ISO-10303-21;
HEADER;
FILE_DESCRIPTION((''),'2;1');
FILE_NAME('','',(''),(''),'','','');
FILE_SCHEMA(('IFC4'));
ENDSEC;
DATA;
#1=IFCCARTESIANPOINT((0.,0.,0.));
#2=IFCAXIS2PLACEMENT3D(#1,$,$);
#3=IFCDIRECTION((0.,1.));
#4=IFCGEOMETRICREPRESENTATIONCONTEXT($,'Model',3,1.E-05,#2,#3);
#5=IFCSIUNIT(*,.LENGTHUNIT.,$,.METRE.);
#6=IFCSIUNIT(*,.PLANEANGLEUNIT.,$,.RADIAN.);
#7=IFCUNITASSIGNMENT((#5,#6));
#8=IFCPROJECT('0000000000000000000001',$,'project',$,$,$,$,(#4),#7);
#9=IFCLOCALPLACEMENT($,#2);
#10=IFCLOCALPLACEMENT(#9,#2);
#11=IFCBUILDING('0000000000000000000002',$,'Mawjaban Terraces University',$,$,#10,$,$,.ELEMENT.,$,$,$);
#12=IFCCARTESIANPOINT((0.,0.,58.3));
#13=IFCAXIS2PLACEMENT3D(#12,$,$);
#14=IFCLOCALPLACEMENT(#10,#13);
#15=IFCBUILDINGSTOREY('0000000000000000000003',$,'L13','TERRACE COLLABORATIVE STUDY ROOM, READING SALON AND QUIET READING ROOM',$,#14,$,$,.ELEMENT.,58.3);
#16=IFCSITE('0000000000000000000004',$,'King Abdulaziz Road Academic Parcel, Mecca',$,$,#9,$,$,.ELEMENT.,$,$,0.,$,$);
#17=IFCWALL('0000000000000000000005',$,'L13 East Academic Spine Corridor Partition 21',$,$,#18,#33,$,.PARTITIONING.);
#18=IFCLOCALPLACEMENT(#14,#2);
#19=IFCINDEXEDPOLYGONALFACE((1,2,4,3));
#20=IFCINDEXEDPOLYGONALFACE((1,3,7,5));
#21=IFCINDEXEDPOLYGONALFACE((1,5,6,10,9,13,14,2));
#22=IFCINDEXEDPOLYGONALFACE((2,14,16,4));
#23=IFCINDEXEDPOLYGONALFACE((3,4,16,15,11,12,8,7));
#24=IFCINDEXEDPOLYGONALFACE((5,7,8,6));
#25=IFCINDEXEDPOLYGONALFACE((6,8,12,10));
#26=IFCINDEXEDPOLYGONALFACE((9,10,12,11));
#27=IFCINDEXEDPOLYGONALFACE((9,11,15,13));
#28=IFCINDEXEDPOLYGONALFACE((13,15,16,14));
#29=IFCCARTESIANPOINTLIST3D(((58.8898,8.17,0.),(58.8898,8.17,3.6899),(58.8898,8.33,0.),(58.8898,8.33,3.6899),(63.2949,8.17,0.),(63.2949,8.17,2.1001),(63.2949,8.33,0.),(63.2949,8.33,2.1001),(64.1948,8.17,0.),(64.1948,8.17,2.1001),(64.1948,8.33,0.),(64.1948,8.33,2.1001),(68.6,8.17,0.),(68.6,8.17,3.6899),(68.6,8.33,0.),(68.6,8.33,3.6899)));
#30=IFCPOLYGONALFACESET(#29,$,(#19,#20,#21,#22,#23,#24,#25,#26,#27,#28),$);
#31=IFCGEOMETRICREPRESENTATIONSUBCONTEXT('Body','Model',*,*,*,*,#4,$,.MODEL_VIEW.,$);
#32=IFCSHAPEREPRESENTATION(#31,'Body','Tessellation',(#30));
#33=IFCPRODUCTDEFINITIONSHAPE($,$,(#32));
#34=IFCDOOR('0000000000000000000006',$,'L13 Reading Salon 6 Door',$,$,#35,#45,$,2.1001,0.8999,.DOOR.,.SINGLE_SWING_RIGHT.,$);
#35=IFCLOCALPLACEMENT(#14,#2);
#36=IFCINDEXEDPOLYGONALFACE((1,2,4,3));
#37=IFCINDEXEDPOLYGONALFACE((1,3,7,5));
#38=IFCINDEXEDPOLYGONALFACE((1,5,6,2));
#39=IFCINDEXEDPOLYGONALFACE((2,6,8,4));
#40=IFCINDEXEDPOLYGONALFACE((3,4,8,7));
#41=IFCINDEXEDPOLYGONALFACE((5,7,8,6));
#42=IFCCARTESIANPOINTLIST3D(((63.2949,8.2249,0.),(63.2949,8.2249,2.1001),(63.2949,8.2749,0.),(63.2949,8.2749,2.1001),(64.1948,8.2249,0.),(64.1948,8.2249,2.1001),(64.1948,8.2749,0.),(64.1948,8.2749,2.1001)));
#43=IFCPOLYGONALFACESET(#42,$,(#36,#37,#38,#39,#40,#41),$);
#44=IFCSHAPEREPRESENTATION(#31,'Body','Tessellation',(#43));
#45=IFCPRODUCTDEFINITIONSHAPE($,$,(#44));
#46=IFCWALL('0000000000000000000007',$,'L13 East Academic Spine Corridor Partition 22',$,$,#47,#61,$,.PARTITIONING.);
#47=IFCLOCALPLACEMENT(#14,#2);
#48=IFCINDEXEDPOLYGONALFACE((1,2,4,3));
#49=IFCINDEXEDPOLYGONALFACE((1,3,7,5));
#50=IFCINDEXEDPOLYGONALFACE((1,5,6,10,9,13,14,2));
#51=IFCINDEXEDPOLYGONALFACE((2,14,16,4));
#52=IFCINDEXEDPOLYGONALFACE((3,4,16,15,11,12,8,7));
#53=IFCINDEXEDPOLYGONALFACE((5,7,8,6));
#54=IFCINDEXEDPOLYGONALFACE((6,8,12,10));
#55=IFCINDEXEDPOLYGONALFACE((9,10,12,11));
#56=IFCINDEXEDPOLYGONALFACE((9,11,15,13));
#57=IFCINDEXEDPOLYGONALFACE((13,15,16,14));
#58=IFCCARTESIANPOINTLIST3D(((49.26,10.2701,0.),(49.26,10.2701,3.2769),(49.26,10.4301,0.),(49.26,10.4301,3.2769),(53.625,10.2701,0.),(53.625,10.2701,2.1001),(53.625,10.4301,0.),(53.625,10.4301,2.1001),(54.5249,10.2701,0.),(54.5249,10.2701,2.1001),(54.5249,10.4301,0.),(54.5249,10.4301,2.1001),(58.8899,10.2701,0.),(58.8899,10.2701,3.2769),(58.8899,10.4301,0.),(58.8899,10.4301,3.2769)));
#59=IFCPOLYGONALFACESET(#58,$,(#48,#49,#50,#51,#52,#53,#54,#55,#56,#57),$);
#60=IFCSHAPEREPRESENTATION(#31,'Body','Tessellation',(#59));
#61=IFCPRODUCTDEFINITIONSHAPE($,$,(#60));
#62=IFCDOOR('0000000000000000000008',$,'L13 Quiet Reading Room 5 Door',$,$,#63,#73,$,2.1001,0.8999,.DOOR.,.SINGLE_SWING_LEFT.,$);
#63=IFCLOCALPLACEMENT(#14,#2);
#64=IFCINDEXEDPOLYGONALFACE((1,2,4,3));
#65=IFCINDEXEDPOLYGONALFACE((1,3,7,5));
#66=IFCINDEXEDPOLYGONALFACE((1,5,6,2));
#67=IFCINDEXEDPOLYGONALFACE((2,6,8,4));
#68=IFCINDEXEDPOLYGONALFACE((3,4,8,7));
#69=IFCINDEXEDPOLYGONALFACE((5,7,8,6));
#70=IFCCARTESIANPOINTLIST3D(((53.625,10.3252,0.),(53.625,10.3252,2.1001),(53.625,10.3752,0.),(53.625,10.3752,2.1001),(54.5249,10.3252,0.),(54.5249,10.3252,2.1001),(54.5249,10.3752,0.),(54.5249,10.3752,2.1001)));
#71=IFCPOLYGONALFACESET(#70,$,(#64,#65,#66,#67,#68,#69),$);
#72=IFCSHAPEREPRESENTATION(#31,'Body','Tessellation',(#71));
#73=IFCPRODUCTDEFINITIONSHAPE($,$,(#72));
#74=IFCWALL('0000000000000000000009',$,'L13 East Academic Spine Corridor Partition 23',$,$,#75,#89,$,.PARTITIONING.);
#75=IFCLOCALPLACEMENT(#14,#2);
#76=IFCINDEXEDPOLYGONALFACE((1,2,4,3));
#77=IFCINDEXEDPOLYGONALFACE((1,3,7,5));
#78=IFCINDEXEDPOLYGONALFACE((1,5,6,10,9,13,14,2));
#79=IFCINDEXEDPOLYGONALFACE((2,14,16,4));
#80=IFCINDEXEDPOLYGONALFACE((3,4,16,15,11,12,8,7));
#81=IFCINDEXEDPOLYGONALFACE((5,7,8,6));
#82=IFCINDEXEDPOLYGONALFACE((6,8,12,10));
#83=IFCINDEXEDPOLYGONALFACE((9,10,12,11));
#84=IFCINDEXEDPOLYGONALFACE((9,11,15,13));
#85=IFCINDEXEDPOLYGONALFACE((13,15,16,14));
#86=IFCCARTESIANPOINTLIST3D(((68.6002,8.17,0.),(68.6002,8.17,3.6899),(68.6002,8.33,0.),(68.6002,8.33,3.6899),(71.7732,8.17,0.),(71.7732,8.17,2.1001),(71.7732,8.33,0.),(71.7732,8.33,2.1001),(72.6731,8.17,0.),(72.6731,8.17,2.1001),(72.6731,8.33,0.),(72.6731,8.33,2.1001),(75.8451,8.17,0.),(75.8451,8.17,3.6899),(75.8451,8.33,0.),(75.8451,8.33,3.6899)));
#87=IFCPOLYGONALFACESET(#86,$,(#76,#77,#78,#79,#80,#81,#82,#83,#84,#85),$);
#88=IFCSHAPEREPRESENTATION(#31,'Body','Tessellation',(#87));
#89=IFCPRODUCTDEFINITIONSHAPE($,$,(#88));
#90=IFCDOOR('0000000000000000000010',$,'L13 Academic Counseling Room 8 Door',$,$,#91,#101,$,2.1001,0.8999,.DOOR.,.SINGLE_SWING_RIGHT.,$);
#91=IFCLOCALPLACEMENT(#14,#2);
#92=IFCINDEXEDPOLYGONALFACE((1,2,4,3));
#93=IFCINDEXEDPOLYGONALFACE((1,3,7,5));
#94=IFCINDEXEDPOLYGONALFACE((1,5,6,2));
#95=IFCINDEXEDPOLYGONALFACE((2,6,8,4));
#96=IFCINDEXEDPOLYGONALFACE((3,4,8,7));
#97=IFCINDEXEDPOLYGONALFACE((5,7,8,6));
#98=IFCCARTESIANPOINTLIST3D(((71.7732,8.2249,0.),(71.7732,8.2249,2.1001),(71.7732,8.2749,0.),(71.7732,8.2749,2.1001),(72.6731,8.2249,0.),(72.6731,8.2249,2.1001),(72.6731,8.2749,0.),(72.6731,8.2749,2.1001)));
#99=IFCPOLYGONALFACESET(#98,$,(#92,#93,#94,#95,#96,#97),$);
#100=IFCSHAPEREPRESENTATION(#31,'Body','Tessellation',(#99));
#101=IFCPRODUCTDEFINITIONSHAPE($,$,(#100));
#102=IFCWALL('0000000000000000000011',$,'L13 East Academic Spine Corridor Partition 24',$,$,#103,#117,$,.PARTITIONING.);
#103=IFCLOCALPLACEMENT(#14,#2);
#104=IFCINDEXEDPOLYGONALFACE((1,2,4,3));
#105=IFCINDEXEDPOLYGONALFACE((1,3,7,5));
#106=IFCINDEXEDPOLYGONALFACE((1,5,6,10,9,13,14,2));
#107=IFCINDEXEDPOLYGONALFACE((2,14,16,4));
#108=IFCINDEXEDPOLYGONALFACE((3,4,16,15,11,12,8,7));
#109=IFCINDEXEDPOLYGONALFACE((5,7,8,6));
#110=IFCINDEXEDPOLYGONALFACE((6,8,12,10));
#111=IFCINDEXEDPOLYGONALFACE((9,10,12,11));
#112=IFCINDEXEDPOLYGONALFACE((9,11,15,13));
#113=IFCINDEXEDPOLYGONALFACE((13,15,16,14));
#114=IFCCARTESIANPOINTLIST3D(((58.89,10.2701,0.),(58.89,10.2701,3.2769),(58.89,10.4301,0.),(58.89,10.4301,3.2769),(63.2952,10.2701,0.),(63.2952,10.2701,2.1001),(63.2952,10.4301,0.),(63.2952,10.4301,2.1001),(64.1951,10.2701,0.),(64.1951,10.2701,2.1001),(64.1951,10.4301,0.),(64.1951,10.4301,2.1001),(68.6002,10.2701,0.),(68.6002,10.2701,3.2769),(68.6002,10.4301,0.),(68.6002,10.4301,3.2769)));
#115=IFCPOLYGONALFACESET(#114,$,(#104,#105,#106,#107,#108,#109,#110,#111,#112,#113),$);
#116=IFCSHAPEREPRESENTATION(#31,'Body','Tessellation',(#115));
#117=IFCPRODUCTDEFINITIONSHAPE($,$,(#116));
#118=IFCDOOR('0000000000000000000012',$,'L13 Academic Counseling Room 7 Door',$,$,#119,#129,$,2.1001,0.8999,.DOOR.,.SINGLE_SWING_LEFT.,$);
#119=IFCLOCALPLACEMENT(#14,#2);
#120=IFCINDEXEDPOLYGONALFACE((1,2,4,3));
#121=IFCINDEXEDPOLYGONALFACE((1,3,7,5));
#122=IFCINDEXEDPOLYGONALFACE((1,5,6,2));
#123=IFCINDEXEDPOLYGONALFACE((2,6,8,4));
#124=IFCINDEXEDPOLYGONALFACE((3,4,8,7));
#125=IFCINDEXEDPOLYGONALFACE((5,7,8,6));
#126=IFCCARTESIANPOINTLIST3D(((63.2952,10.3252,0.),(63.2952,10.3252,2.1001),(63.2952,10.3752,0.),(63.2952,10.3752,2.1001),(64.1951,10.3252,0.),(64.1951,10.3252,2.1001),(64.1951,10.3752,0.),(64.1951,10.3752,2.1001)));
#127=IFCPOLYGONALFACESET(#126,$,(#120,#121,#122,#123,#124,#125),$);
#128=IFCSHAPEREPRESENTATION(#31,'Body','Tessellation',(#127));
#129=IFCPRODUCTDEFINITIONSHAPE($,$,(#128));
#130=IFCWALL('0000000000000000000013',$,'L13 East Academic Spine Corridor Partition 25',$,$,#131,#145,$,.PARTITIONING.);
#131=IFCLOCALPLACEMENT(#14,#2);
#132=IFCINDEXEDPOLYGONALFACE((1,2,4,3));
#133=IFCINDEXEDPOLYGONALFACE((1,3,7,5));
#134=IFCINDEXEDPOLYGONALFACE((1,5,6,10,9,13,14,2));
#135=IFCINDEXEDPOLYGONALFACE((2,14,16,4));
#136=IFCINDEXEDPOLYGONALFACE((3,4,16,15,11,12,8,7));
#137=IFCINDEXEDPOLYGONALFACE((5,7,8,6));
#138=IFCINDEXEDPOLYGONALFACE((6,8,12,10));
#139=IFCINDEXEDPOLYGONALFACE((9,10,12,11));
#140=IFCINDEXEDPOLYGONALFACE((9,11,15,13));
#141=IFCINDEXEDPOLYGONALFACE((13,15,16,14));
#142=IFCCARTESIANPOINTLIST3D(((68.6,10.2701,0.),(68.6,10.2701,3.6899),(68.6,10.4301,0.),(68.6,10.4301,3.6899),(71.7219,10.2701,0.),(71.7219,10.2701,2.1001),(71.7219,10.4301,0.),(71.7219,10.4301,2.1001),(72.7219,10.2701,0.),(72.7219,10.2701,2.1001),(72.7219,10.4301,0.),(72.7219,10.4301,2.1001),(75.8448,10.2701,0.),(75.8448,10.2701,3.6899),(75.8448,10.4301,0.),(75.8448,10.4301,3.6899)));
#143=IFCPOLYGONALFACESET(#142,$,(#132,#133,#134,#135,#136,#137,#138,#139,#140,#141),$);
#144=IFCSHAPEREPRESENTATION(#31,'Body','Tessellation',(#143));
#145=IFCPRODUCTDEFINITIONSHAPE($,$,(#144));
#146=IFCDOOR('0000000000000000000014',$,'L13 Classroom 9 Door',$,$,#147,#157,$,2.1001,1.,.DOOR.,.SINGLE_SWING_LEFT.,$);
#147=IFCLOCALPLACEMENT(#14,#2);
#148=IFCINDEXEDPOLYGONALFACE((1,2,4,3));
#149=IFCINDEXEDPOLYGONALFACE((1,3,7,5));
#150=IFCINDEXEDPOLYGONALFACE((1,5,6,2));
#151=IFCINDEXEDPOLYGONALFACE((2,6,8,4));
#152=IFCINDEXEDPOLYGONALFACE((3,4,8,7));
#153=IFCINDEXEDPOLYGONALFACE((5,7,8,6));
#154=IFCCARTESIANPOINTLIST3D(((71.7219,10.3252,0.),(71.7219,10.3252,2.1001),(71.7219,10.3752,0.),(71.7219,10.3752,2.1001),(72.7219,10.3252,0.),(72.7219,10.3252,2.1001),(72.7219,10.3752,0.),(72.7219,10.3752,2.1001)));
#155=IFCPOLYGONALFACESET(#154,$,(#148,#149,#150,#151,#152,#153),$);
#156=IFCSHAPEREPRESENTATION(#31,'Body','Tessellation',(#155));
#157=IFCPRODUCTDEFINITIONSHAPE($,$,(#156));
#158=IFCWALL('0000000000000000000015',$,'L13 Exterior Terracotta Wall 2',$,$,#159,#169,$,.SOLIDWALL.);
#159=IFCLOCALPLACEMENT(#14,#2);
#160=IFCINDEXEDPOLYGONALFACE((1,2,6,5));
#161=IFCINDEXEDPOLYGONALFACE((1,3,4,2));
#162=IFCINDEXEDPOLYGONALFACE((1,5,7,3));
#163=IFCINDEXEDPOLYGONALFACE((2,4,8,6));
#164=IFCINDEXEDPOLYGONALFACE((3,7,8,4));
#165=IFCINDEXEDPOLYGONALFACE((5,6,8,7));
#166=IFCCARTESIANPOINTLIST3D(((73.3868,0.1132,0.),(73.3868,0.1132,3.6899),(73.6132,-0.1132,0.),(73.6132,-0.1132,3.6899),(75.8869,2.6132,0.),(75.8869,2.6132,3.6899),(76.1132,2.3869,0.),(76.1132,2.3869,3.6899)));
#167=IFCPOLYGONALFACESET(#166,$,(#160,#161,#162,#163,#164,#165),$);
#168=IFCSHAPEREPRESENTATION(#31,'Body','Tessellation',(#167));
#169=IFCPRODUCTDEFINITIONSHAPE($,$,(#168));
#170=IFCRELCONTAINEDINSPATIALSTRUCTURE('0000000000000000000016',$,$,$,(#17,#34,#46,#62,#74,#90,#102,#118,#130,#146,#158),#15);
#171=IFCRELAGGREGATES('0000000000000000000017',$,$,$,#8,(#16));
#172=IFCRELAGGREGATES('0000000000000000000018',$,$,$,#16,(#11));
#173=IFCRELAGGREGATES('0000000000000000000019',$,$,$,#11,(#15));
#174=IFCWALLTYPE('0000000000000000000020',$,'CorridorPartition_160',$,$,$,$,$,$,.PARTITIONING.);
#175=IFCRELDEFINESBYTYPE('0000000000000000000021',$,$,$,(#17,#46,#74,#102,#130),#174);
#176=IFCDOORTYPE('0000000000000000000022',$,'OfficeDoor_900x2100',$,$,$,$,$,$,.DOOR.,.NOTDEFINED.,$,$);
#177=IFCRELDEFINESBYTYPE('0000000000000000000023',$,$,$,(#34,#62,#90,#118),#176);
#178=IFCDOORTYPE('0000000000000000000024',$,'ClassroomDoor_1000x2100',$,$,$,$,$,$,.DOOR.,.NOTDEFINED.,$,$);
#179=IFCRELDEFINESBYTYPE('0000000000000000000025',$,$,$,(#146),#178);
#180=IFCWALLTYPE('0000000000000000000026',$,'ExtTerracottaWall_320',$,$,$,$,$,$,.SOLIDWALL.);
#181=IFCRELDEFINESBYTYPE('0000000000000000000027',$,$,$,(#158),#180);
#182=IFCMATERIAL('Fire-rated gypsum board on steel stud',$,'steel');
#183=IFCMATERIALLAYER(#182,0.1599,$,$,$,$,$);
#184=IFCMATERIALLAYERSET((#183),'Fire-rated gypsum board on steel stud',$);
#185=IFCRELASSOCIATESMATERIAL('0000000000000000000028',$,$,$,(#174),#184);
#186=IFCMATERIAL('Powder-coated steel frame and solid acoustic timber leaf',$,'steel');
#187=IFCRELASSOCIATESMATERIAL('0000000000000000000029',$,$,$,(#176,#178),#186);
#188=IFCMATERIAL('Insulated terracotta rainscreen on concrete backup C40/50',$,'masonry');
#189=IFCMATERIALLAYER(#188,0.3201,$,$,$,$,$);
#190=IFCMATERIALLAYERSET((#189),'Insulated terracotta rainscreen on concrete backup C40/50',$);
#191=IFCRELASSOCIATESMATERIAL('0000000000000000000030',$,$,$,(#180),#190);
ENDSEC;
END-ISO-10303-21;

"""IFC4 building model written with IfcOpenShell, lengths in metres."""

from ifc_helpers import new_model, si_unit, direction, frame, frame_2d, origin, place, context, subcontext, project, spatial, rectangle, extrude, material, layer, layer_set, type_object, element, fill, save


model = new_model("IFC4")

# Units and contexts
model_context = context("Model", 3, precision=1e-05, world=origin(), true_north=direction((0.0, 1.0)))
body_context = subcontext(model_context, "Body", "Model", "MODEL_VIEW")
ifc_project = project(units=[si_unit("LENGTHUNIT", "METRE"), si_unit("PLANEANGLEUNIT", "RADIAN")], contexts=[model_context])

# Site, building, storey
site_placement = place(None, origin())
site = spatial("IfcSite", under=ifc_project, at=site_placement, Name="King Abdulaziz Road Academic Parcel, Mecca", CompositionType="ELEMENT", RefElevation=0.0)
building_placement = place(site_placement, origin())
building = spatial("IfcBuilding", under=site, at=building_placement, Name="Mawjaban Terraces University", CompositionType="ELEMENT")
storey_placement = place(building_placement, frame((0.0, 0.0, 58.3)))
storey = spatial("IfcBuildingStorey", under=building, at=storey_placement, Name="L13", Description="TERRACE COLLABORATIVE STUDY ROOM, READING SALON AND QUIET READING ROOM", CompositionType="ELEMENT", Elevation=58.3)

# Walls, openings, doors
ifc_material_1 = material(Name="Fire-rated gypsum board on steel stud", Category="steel")
ifc_layer_1 = layer(ifc_material_1, 0.1599)
ifc_layer_set_1 = layer_set([ifc_layer_1], Name="Fire-rated gypsum board on steel stud")
wall_type_1 = type_object("IfcWallType", Name="CorridorPartition_160", PredefinedType="PARTITIONING", material=ifc_layer_set_1)
wall_1_placement = place(storey_placement, frame((58.8899, 8.25, 0.0), z_axis=(0.0, 0.0, 1.0), x_axis=(1.0, 0.0, 0.0)))
wall_1 = element("IfcWall", 1, at=wall_1_placement, inside=storey, type_object=wall_type_1, Name="L13 East Academic Spine Corridor Partition 21", PredefinedType="PARTITIONING", context=body_context, shape_type="SweptSolid", body=[
    extrude(rectangle(XDim=9.7102, YDim=0.1599, at=frame_2d((4.855, 0.0))), origin(), (0.0, 0.0, 1.0), 3.6899),
])
opening_1_placement = place(wall_1_placement, frame((4.405, 0.0, 0.0)))
opening_1 = element("IfcOpeningElement", 2, at=opening_1_placement, cuts=wall_1, PredefinedType="OPENING", context=body_context, shape_type="SweptSolid", body=[
    extrude(rectangle(XDim=0.8999, YDim=2.1001, at=frame_2d((0.45, 1.05))), frame((0.0, 0.0898, 0.0), z_axis=(0.0, -1.0, 0.0), x_axis=(1.0, 0.0, 0.0)), (0.0, 0.0, 1.0), 0.1799),
])
ifc_material_2 = material(Name="Powder-coated steel frame and solid acoustic timber leaf", Category="steel")
door_type_1 = type_object("IfcDoorType", Name="OfficeDoor_900x2100", OperationType="NOTDEFINED", PredefinedType="DOOR", material=ifc_material_2)
door_1_placement = place(opening_1_placement, origin())
door_1 = element("IfcDoor", 3, at=door_1_placement, inside=storey, type_object=door_type_1, Name="L13 Reading Salon 6 Door", OperationType="SINGLE_SWING_RIGHT", OverallHeight=2.1001, OverallWidth=0.8999, PredefinedType="DOOR", context=body_context, shape_type="SweptSolid", body=[
    extrude(rectangle(XDim=0.8999, YDim=2.1001, at=frame_2d((0.45, 1.05))), frame((0.0, 0.0249, 0.0), z_axis=(0.0, -1.0, 0.0), x_axis=(1.0, 0.0, 0.0)), (0.0, 0.0, 1.0), 0.05),
])
fill(opening_1, door_1)
wall_2_placement = place(storey_placement, frame((58.8899, 10.3501, 0.0), z_axis=(0.0, 0.0, 1.0), x_axis=(-1.0, 0.0, 0.0)))
wall_2 = element("IfcWall", 4, at=wall_2_placement, inside=storey, type_object=wall_type_1, Name="L13 East Academic Spine Corridor Partition 22", PredefinedType="PARTITIONING", context=body_context, shape_type="SweptSolid", body=[
    extrude(rectangle(XDim=9.6299, YDim=0.1599, at=frame_2d((4.8149, 0.0))), origin(), (0.0, 0.0, 1.0), 3.2769),
])
opening_2_placement = place(wall_2_placement, frame((4.365, 0.0, 0.0)))
opening_2 = element("IfcOpeningElement", 5, at=opening_2_placement, cuts=wall_2, PredefinedType="OPENING", context=body_context, shape_type="SweptSolid", body=[
    extrude(rectangle(XDim=0.8999, YDim=2.1001, at=frame_2d((0.45, 1.05))), frame((0.0, 0.0898, 0.0), z_axis=(0.0, -1.0, 0.0), x_axis=(1.0, 0.0, 0.0)), (0.0, 0.0, 1.0), 0.1799),
])
door_2_placement = place(opening_2_placement, origin())
door_2 = element("IfcDoor", 6, at=door_2_placement, inside=storey, type_object=door_type_1, Name="L13 Quiet Reading Room 5 Door", OperationType="SINGLE_SWING_LEFT", OverallHeight=2.1001, OverallWidth=0.8999, PredefinedType="DOOR", context=body_context, shape_type="SweptSolid", body=[
    extrude(rectangle(XDim=0.8999, YDim=2.1001, at=frame_2d((0.45, 1.05))), frame((0.0, 0.0249, 0.0), z_axis=(0.0, -1.0, 0.0), x_axis=(1.0, 0.0, 0.0)), (0.0, 0.0, 1.0), 0.05),
])
fill(opening_2, door_2)
wall_3_placement = place(storey_placement, frame((68.6001, 8.25, 0.0), z_axis=(0.0, 0.0, 1.0), x_axis=(1.0, 0.0, 0.0)))
wall_3 = element("IfcWall", 7, at=wall_3_placement, inside=storey, type_object=wall_type_1, Name="L13 East Academic Spine Corridor Partition 23", PredefinedType="PARTITIONING", context=body_context, shape_type="SweptSolid", body=[
    extrude(rectangle(XDim=7.2449, YDim=0.1599, at=frame_2d((3.6226, 0.0))), origin(), (0.0, 0.0, 1.0), 3.6899),
])
opening_3_placement = place(wall_3_placement, frame((3.1731, 0.0, 0.0)))
opening_3 = element("IfcOpeningElement", 8, at=opening_3_placement, cuts=wall_3, PredefinedType="OPENING", context=body_context, shape_type="SweptSolid", body=[
    extrude(rectangle(XDim=0.8999, YDim=2.1001, at=frame_2d((0.45, 1.05))), frame((0.0, 0.0898, 0.0), z_axis=(0.0, -1.0, 0.0), x_axis=(1.0, 0.0, 0.0)), (0.0, 0.0, 1.0), 0.1799),
])
door_3_placement = place(opening_3_placement, origin())
door_3 = element("IfcDoor", 9, at=door_3_placement, inside=storey, type_object=door_type_1, Name="L13 Academic Counseling Room 8 Door", OperationType="SINGLE_SWING_RIGHT", OverallHeight=2.1001, OverallWidth=0.8999, PredefinedType="DOOR", context=body_context, shape_type="SweptSolid", body=[
    extrude(rectangle(XDim=0.8999, YDim=2.1001, at=frame_2d((0.45, 1.05))), frame((0.0, 0.0249, 0.0), z_axis=(0.0, -1.0, 0.0), x_axis=(1.0, 0.0, 0.0)), (0.0, 0.0, 1.0), 0.05),
])
fill(opening_3, door_3)
wall_4_placement = place(storey_placement, frame((68.6001, 10.3501, 0.0), z_axis=(0.0, 0.0, 1.0), x_axis=(-1.0, 0.0, 0.0)))
wall_4 = element("IfcWall", 10, at=wall_4_placement, inside=storey, type_object=wall_type_1, Name="L13 East Academic Spine Corridor Partition 24", PredefinedType="PARTITIONING", context=body_context, shape_type="SweptSolid", body=[
    extrude(rectangle(XDim=9.7102, YDim=0.1599, at=frame_2d((4.855, 0.0))), origin(), (0.0, 0.0, 1.0), 3.2769),
])
opening_4_placement = place(wall_4_placement, frame((4.405, 0.0, 0.0)))
opening_4 = element("IfcOpeningElement", 11, at=opening_4_placement, cuts=wall_4, PredefinedType="OPENING", context=body_context, shape_type="SweptSolid", body=[
    extrude(rectangle(XDim=0.8999, YDim=2.1001, at=frame_2d((0.45, 1.05))), frame((0.0, 0.0898, 0.0), z_axis=(0.0, -1.0, 0.0), x_axis=(1.0, 0.0, 0.0)), (0.0, 0.0, 1.0), 0.1799),
])
door_4_placement = place(opening_4_placement, origin())
door_4 = element("IfcDoor", 12, at=door_4_placement, inside=storey, type_object=door_type_1, Name="L13 Academic Counseling Room 7 Door", OperationType="SINGLE_SWING_LEFT", OverallHeight=2.1001, OverallWidth=0.8999, PredefinedType="DOOR", context=body_context, shape_type="SweptSolid", body=[
    extrude(rectangle(XDim=0.8999, YDim=2.1001, at=frame_2d((0.45, 1.05))), frame((0.0, 0.0249, 0.0), z_axis=(0.0, -1.0, 0.0), x_axis=(1.0, 0.0, 0.0)), (0.0, 0.0, 1.0), 0.05),
])
fill(opening_4, door_4)
wall_5_placement = place(storey_placement, frame((75.845, 10.3501, 0.0), z_axis=(0.0, 0.0, 1.0), x_axis=(-1.0, 0.0, 0.0)))
wall_5 = element("IfcWall", 13, at=wall_5_placement, inside=storey, type_object=wall_type_1, Name="L13 East Academic Spine Corridor Partition 25", PredefinedType="PARTITIONING", context=body_context, shape_type="SweptSolid", body=[
    extrude(rectangle(XDim=7.2449, YDim=0.1599, at=frame_2d((3.6226, 0.0))), origin(), (0.0, 0.0, 1.0), 3.6899),
])
opening_5_placement = place(wall_5_placement, frame((3.123, 0.0, 0.0)))
opening_5 = element("IfcOpeningElement", 14, at=opening_5_placement, cuts=wall_5, PredefinedType="OPENING", context=body_context, shape_type="SweptSolid", body=[
    extrude(rectangle(XDim=1.0, YDim=2.1001, at=frame_2d((0.5, 1.05))), frame((0.0, 0.0898, 0.0), z_axis=(0.0, -1.0, 0.0), x_axis=(1.0, 0.0, 0.0)), (0.0, 0.0, 1.0), 0.1799),
])
door_type_2 = type_object("IfcDoorType", Name="ClassroomDoor_1000x2100", OperationType="NOTDEFINED", PredefinedType="DOOR", material=ifc_material_2)
door_5_placement = place(opening_5_placement, origin())
door_5 = element("IfcDoor", 15, at=door_5_placement, inside=storey, type_object=door_type_2, Name="L13 Classroom 9 Door", OperationType="SINGLE_SWING_LEFT", OverallHeight=2.1001, OverallWidth=1.0, PredefinedType="DOOR", context=body_context, shape_type="SweptSolid", body=[
    extrude(rectangle(XDim=1.0, YDim=2.1001, at=frame_2d((0.5, 1.05))), frame((0.0, 0.0249, 0.0), z_axis=(0.0, -1.0, 0.0), x_axis=(1.0, 0.0, 0.0)), (0.0, 0.0, 1.0), 0.05),
])
fill(opening_5, door_5)

# Wall
ifc_material_3 = material(Name="Insulated terracotta rainscreen on concrete backup C40/50", Category="masonry")
ifc_layer_2 = layer(ifc_material_3, 0.3201)
ifc_layer_set_2 = layer_set([ifc_layer_2], Name="Insulated terracotta rainscreen on concrete backup C40/50")
wall_type_2 = type_object("IfcWallType", Name="ExtTerracottaWall_320", PredefinedType="SOLIDWALL", material=ifc_layer_set_2)
wall_6_placement = place(storey_placement, frame((73.5, 0.0, 0.0), z_axis=(0.0, 0.0, 1.0), x_axis=(0.707107, 0.707107, 0.0)))
element("IfcWall", 16, at=wall_6_placement, inside=storey, type_object=wall_type_2, Name="L13 Exterior Terracotta Wall 2", PredefinedType="SOLIDWALL", context=body_context, shape_type="SweptSolid", body=[
    extrude(rectangle(XDim=3.5356, YDim=0.3201, at=frame_2d((1.7678, 0.0))), origin(), (0.0, 0.0, 1.0), 3.6899),
])

save(model, "model.ifc")
